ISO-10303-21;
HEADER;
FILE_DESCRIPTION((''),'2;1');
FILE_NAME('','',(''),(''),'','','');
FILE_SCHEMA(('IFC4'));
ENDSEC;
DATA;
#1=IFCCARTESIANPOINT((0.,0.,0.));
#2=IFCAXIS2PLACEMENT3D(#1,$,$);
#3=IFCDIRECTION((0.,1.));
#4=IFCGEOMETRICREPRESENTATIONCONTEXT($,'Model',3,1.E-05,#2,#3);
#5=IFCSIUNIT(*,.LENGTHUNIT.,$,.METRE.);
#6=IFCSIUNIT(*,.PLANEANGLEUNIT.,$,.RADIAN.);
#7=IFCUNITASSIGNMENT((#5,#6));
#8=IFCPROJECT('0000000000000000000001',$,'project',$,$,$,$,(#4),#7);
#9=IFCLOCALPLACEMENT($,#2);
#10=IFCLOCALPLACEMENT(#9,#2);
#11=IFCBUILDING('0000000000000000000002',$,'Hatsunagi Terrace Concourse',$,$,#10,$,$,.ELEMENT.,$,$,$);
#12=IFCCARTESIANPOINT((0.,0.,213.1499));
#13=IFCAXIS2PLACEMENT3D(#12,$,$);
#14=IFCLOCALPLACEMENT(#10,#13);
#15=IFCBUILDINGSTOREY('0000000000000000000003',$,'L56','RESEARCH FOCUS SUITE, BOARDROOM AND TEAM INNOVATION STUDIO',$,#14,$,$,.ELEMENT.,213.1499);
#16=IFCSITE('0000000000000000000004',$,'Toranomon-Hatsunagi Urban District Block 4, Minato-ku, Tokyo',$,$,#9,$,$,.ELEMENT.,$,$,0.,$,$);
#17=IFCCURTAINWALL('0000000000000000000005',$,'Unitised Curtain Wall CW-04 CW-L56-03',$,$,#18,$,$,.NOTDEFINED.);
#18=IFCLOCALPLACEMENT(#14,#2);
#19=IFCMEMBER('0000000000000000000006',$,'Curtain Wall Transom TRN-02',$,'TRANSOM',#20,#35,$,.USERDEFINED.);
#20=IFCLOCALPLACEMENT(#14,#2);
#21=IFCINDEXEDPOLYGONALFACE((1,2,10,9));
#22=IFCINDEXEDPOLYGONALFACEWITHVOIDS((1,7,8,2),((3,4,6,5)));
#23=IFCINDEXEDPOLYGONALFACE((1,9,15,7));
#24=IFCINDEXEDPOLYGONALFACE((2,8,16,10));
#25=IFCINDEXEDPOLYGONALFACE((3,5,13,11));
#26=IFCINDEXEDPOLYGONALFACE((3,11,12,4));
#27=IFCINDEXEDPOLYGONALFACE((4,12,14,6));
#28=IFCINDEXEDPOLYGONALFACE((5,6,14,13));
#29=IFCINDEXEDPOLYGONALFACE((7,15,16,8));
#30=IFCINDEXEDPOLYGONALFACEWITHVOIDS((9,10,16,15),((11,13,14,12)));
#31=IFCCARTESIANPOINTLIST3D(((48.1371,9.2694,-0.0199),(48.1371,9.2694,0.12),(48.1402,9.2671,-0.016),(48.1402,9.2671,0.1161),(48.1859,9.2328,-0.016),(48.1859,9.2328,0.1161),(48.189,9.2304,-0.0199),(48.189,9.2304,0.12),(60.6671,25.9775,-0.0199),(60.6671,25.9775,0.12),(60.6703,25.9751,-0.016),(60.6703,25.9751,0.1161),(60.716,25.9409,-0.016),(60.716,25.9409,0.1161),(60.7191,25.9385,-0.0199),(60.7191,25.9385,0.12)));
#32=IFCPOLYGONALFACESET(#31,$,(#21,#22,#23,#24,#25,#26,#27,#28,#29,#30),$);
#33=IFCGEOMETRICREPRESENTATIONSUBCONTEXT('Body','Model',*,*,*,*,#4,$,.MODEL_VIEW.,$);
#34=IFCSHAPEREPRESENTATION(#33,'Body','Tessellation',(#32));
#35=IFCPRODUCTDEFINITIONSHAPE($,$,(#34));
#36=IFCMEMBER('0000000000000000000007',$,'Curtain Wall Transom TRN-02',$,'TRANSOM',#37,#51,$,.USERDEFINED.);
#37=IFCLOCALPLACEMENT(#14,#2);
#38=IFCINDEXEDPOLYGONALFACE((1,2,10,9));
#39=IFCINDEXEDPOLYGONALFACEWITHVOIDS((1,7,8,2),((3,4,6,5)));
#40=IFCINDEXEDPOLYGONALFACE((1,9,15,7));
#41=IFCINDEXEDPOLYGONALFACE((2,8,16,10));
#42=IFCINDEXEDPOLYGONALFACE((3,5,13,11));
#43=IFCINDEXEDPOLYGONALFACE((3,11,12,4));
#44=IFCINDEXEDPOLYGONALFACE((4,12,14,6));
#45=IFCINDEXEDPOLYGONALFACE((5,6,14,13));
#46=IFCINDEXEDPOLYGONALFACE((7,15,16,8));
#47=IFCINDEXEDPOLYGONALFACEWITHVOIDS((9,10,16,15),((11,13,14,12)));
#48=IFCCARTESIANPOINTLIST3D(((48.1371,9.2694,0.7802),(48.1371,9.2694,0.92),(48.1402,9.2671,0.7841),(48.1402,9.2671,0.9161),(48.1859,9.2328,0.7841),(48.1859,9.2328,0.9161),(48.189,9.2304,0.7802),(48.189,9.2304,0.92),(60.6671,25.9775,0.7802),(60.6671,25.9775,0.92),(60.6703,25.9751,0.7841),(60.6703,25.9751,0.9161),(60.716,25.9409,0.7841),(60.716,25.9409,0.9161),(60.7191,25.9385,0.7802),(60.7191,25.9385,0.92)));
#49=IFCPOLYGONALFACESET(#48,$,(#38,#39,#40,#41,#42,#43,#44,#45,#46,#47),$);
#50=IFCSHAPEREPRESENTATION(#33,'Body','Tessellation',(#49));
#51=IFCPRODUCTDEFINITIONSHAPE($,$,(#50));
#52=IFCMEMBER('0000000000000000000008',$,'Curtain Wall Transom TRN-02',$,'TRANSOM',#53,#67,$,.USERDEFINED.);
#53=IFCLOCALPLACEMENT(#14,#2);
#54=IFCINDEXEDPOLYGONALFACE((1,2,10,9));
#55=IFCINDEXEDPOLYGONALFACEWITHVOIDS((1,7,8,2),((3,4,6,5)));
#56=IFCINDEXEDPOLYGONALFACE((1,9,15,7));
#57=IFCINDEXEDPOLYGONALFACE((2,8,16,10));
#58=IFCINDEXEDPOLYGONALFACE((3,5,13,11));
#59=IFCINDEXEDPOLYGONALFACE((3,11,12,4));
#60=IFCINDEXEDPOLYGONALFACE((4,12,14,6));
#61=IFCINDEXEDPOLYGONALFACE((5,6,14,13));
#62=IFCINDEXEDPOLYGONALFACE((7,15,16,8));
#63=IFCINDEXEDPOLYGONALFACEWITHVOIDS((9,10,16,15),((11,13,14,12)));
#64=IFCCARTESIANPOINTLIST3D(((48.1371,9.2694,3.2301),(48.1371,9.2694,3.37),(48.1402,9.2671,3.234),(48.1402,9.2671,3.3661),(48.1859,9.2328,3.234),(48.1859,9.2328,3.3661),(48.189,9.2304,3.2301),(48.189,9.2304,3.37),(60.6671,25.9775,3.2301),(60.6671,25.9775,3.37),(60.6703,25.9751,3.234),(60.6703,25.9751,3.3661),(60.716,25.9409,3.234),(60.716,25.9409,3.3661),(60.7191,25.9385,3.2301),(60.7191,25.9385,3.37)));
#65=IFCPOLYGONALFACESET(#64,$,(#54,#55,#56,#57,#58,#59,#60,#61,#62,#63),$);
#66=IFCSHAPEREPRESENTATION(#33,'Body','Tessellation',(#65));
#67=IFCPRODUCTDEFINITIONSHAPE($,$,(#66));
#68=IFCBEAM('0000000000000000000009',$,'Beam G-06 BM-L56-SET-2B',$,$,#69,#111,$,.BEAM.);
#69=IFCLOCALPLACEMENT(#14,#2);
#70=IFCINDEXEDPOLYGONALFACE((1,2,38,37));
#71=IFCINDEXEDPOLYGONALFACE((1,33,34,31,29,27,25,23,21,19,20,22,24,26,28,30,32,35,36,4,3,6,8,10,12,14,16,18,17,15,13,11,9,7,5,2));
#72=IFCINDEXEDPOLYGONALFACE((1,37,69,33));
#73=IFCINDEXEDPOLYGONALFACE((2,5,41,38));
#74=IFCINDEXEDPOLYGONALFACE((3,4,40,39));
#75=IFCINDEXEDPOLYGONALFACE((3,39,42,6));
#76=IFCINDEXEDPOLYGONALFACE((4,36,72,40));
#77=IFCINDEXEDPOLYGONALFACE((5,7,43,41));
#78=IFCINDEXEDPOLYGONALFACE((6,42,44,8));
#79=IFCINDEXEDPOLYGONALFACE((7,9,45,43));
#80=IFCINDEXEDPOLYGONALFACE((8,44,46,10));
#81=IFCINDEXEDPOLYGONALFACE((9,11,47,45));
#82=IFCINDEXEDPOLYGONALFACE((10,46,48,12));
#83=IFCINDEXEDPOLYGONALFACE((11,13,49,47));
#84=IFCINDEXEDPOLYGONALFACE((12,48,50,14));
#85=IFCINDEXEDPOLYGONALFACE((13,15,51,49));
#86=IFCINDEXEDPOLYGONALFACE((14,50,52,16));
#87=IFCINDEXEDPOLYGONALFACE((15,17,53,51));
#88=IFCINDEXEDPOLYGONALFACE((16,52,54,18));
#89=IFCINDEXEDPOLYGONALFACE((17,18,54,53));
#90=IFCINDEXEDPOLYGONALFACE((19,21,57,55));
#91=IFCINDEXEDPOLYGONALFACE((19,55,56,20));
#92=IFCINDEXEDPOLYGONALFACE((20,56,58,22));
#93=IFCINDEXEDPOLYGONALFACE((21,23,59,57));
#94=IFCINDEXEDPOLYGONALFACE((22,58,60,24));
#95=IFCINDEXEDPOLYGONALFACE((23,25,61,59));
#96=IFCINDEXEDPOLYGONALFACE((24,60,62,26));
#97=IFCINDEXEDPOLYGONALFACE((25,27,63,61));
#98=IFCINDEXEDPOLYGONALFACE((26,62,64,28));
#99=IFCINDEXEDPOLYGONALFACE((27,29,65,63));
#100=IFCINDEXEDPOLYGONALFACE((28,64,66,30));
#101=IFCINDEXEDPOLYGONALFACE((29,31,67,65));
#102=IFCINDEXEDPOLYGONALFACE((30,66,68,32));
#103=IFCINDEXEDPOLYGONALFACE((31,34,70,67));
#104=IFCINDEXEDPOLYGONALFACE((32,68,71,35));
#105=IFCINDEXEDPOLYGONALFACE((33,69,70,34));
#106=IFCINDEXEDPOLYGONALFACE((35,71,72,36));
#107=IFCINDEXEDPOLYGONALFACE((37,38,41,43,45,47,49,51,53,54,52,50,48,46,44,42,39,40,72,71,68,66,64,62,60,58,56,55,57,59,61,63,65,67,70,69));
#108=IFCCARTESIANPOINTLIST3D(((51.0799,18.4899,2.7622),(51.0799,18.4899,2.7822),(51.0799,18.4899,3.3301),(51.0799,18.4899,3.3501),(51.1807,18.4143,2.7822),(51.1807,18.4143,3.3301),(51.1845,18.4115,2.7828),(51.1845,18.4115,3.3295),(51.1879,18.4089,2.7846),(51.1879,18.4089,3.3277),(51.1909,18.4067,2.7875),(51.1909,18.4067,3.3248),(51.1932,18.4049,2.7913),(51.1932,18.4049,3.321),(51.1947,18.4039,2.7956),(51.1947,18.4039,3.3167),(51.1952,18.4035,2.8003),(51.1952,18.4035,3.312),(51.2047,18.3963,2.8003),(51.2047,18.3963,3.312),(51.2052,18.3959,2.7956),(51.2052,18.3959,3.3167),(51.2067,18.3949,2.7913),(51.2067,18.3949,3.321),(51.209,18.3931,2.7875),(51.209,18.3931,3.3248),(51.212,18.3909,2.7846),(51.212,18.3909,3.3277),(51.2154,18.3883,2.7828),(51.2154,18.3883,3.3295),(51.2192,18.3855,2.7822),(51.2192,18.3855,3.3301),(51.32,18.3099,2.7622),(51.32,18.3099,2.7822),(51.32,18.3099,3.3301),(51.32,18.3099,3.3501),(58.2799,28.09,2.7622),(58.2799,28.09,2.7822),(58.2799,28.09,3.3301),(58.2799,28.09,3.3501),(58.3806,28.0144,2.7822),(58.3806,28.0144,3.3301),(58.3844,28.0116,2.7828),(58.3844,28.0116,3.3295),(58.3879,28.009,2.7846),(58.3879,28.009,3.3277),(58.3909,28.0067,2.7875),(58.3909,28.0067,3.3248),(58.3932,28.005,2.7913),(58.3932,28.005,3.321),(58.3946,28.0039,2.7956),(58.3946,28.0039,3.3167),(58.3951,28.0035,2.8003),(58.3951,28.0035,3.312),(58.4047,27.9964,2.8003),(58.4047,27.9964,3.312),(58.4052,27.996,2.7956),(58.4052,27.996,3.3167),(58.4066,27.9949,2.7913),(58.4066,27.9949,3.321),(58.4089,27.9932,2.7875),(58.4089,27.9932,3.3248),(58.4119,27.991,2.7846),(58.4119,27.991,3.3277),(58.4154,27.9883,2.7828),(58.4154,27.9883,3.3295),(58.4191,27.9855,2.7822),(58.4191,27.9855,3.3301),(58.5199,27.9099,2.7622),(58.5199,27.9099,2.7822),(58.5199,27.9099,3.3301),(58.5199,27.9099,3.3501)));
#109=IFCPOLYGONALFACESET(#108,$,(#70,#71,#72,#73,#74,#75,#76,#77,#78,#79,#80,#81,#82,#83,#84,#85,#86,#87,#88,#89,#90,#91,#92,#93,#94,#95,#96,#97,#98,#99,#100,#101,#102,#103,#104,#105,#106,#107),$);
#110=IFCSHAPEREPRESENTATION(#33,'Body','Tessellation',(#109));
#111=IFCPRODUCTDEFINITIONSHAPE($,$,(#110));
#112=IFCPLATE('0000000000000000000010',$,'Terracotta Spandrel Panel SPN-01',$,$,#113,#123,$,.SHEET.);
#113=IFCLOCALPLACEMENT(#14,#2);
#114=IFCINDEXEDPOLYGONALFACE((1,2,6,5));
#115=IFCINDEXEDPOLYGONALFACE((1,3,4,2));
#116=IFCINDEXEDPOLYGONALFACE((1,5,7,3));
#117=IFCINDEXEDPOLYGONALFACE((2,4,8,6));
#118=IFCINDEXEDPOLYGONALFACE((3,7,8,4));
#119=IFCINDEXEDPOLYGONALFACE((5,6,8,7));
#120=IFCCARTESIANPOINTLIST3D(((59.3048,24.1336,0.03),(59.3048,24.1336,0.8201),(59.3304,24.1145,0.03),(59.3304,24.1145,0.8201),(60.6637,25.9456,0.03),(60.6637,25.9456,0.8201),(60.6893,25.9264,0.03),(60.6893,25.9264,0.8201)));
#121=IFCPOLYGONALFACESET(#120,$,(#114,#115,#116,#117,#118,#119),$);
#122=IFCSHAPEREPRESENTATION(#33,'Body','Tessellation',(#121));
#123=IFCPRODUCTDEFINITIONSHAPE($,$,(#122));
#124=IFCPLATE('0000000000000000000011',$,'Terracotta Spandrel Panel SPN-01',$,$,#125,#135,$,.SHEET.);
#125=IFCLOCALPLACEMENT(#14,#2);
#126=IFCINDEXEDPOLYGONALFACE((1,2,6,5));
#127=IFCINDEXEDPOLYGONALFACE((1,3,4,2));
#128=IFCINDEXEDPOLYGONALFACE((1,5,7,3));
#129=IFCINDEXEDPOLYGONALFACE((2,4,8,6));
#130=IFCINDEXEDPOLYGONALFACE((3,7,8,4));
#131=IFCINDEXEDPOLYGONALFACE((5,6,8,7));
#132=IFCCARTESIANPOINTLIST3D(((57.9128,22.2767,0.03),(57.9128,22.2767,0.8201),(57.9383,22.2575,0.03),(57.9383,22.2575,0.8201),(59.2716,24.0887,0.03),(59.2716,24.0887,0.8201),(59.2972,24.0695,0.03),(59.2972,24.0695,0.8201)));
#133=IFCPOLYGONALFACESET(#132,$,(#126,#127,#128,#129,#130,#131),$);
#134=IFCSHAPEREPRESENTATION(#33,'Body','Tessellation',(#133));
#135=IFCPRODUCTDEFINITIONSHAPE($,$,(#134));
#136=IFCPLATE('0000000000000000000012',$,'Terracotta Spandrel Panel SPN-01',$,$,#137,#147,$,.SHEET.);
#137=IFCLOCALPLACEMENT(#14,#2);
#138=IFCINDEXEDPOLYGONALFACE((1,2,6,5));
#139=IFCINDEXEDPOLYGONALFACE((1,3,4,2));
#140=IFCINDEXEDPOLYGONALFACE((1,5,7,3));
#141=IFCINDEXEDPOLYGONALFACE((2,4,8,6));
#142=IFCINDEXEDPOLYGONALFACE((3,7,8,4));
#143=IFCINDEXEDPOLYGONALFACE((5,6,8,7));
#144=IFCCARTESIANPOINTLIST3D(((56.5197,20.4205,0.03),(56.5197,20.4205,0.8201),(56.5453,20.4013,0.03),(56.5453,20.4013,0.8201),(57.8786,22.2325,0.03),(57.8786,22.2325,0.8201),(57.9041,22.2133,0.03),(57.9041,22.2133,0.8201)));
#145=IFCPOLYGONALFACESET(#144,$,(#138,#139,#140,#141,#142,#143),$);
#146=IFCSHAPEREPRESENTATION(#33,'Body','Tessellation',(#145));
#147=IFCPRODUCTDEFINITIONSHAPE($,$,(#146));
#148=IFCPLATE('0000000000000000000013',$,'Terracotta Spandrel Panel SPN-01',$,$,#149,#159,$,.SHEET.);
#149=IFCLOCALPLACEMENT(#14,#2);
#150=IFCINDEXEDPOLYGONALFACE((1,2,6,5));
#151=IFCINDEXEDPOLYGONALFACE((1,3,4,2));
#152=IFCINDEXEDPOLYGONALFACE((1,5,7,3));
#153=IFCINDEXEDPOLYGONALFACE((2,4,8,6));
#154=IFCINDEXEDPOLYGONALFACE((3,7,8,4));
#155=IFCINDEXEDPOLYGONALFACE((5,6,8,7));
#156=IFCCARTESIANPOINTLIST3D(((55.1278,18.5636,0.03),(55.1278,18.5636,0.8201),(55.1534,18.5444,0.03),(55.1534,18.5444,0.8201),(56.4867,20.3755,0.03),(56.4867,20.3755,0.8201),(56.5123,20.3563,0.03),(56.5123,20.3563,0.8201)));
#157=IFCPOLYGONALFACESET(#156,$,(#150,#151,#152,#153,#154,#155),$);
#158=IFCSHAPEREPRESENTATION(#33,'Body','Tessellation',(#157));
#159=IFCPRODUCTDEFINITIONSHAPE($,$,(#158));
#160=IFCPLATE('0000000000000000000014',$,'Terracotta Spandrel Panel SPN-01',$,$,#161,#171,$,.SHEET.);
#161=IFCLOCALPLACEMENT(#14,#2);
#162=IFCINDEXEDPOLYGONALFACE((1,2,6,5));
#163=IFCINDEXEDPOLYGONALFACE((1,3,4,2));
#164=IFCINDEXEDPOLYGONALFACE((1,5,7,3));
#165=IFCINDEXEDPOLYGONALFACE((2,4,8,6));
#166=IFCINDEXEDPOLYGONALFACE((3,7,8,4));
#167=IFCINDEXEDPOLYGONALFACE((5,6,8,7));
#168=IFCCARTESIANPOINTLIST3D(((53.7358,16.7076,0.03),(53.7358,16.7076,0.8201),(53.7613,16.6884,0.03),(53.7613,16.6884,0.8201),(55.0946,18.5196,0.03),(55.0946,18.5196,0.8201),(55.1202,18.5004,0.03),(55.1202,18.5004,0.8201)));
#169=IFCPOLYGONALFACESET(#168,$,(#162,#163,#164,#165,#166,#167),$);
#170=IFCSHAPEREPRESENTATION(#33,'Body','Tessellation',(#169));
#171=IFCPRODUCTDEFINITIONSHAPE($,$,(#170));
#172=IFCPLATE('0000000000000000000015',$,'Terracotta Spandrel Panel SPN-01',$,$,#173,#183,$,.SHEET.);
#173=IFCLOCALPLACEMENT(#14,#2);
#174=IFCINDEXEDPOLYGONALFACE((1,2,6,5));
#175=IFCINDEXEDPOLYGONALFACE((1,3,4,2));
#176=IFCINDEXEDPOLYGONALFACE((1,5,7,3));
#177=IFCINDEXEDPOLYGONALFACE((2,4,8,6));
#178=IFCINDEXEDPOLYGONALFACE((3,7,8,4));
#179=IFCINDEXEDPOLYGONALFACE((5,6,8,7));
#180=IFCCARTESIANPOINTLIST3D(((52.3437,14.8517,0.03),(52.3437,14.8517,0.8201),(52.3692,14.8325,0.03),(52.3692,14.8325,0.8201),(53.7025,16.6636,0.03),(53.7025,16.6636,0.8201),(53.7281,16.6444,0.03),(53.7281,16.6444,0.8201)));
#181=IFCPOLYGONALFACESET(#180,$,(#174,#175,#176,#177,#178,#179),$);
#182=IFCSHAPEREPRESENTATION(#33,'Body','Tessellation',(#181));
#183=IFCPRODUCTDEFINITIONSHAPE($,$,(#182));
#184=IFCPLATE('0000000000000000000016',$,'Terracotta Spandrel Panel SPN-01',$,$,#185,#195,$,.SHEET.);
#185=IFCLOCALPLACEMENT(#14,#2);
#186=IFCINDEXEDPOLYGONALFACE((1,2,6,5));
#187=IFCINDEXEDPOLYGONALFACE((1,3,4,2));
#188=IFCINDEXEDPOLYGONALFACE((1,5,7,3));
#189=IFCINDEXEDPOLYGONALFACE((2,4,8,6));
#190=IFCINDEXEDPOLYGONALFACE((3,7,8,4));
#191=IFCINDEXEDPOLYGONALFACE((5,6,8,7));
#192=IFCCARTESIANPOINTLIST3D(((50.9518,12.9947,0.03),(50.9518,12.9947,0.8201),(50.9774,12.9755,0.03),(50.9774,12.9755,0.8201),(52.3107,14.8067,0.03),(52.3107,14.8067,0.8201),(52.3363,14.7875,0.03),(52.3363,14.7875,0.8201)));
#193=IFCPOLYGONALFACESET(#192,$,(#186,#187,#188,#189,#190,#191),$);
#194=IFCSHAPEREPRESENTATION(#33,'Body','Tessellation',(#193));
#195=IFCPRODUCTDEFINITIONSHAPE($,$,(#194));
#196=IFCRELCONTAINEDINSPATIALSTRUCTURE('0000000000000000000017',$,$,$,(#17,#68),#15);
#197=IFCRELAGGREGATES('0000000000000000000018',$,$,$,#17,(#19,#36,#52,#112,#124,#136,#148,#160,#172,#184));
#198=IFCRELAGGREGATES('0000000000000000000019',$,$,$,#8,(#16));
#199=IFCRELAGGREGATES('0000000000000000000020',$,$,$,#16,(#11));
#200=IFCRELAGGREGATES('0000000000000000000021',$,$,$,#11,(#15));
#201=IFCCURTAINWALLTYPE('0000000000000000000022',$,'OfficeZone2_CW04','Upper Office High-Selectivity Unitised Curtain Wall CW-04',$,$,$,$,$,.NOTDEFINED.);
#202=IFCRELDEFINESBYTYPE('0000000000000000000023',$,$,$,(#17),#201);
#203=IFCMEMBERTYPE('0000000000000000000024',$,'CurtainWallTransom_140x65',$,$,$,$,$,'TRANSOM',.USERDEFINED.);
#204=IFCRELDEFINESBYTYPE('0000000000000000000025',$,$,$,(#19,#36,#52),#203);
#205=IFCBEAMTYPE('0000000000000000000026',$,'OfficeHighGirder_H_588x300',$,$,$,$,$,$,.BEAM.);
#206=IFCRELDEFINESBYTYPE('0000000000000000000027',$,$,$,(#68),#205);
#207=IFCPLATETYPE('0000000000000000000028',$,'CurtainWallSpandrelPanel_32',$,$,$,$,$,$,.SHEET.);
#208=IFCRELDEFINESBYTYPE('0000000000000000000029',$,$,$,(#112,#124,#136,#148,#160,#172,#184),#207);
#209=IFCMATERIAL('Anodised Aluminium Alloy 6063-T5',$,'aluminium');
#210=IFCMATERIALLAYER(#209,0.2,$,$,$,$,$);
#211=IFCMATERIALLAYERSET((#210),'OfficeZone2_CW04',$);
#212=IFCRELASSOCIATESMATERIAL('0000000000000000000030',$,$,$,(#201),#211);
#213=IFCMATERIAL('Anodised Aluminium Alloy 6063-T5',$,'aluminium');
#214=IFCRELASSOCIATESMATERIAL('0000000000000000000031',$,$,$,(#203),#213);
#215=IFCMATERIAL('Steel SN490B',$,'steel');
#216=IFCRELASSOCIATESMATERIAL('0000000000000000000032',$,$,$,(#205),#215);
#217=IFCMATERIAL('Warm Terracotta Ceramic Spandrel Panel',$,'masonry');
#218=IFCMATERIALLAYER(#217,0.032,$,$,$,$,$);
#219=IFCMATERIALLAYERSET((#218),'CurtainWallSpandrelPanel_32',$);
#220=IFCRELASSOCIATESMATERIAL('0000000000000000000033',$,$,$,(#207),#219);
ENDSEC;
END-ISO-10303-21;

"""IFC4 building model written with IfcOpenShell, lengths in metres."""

from ifc_helpers import new_model, si_unit, direction, frame, origin, origin_2d, place, context, subcontext, project, spatial, rectangle, hollow_rectangle, i_section, extrude, material, layer, layer_set, material_profile, profile_set, type_object, element, aggregate, save


model = new_model("IFC4")

# Units and contexts
model_context = context("Model", 3, precision=1e-05, world=origin(), true_north=direction((0.0, 1.0)))
body_context = subcontext(model_context, "Body", "Model", "MODEL_VIEW")
ifc_project = project(units=[si_unit("LENGTHUNIT", "METRE"), si_unit("PLANEANGLEUNIT", "RADIAN")], contexts=[model_context])

# Site, building, storey
site_placement = place(None, origin())
site = spatial("IfcSite", under=ifc_project, at=site_placement, Name="Toranomon-Hatsunagi Urban District Block 4, Minato-ku, Tokyo", CompositionType="ELEMENT", RefElevation=0.0)
building_placement = place(site_placement, origin())
building = spatial("IfcBuilding", under=site, at=building_placement, Name="Hatsunagi Terrace Concourse", CompositionType="ELEMENT")
storey_placement = place(building_placement, frame((0.0, 0.0, 213.1499)))
storey = spatial("IfcBuildingStorey", under=building, at=storey_placement, Name="L56", Description="RESEARCH FOCUS SUITE, BOARDROOM AND TEAM INNOVATION STUDIO", CompositionType="ELEMENT", Elevation=213.1499)

# Curtain wall, members
ifc_material_1 = material(Name="Anodised Aluminium Alloy 6063-T5", Category="aluminium")
ifc_layer_1 = layer(ifc_material_1, 0.2)
ifc_layer_set_1 = layer_set([ifc_layer_1], Name="OfficeZone2_CW04")
curtain_wall_type = type_object("IfcCurtainWallType", Name="OfficeZone2_CW04", Description="Upper Office High-Selectivity Unitised Curtain Wall CW-04", PredefinedType="NOTDEFINED", material=ifc_layer_set_1)
curtain_wall_placement = place(storey_placement, origin())
curtain_wall = element("IfcCurtainWall", 1, at=curtain_wall_placement, inside=storey, type_object=curtain_wall_type, Name="Unitised Curtain Wall CW-04 CW-L56-03", PredefinedType="NOTDEFINED")
ifc_material_2 = material(Name="Anodised Aluminium Alloy 6063-T5", Category="aluminium")
ifc_material_profile_1 = material_profile(ifc_material_2, hollow_rectangle(XDim=0.0649, YDim=0.1399, WallThickness=0.0039, at=origin_2d()), Name="ALU-TRN-140x65x4")
ifc_profile_set_1 = profile_set([ifc_material_profile_1], Name="Anodised Aluminium Alloy 6063-T5")
member_type_1 = type_object("IfcMemberType", Name="CurtainWallTransom_140x65", ElementType="TRANSOM", PredefinedType="USERDEFINED", material=ifc_profile_set_1)
member_1_placement = place(storey_placement, frame((60.6931, 25.958, 0.05), z_axis=(-0.59997, -0.800022, 0.0), x_axis=(0.800022, -0.59997, 0.0)))
member_1 = element("IfcMember", 2, at=member_1_placement, type_object=member_type_1, Name="Curtain Wall Transom TRN-02", ObjectType="TRANSOM", PredefinedType="USERDEFINED", context=body_context, shape_type="SweptSolid", body=[
    extrude(hollow_rectangle(XDim=0.0649, YDim=0.1399, WallThickness=0.0039, at=origin_2d()), origin(), (0.0, 0.0, 1.0), 20.8845),
])
member_2_placement = place(storey_placement, frame((60.6931, 25.958, 0.8501), z_axis=(-0.59997, -0.800022, 0.0), x_axis=(0.800022, -0.59997, 0.0)))
member_2 = element("IfcMember", 3, at=member_2_placement, type_object=member_type_1, Name="Curtain Wall Transom TRN-02", ObjectType="TRANSOM", PredefinedType="USERDEFINED", context=body_context, shape_type="SweptSolid", body=[
    extrude(hollow_rectangle(XDim=0.0649, YDim=0.1399, WallThickness=0.0039, at=origin_2d()), origin(), (0.0, 0.0, 1.0), 20.8845),
])
member_3_placement = place(storey_placement, frame((60.6931, 25.958, 3.3), z_axis=(-0.59997, -0.800022, 0.0), x_axis=(0.800022, -0.59997, 0.0)))
member_3 = element("IfcMember", 4, at=member_3_placement, type_object=member_type_1, Name="Curtain Wall Transom TRN-02", ObjectType="TRANSOM", PredefinedType="USERDEFINED", context=body_context, shape_type="SweptSolid", body=[
    extrude(hollow_rectangle(XDim=0.0649, YDim=0.1399, WallThickness=0.0039, at=origin_2d()), origin(), (0.0, 0.0, 1.0), 20.8845),
])

# Beam
ifc_material_3 = material(Name="Steel SN490B", Category="steel")
ifc_material_profile_2 = material_profile(ifc_material_3, i_section(OverallWidth=0.3, OverallDepth=0.5879, WebThickness=0.012, FlangeThickness=0.02, FilletRadius=0.0181, at=origin_2d()), Name="H-588x300x12x20")
ifc_profile_set_2 = profile_set([ifc_material_profile_2], Name="Steel SN490B")
beam_type = type_object("IfcBeamType", Name="OfficeHighGirder_H_588x300", PredefinedType="BEAM", material=ifc_profile_set_2)
beam_placement = place(storey_placement, frame((51.2, 18.3999, 3.0562), z_axis=(0.599993, 0.800005, 0.0), x_axis=(-0.800005, 0.599993, 0.0)))
element("IfcBeam", 5, at=beam_placement, inside=storey, type_object=beam_type, Name="Beam G-06 BM-L56-SET-2B", PredefinedType="BEAM", context=body_context, shape_type="SweptSolid", body=[
    extrude(i_section(OverallWidth=0.3, OverallDepth=0.5879, WebThickness=0.012, FlangeThickness=0.02, FilletRadius=0.0181, at=origin_2d()), origin(), (0.0, 0.0, 1.0), 12.0),
])

# Plates
ifc_material_4 = material(Name="Warm Terracotta Ceramic Spandrel Panel", Category="masonry")
ifc_layer_2 = layer(ifc_material_4, 0.032)
ifc_layer_set_2 = layer_set([ifc_layer_2], Name="CurtainWallSpandrelPanel_32")
plate_type_1 = type_object("IfcPlateType", Name="CurtainWallSpandrelPanel_32", PredefinedType="SHEET", material=ifc_layer_set_2)
plate_1_placement = place(storey_placement, frame((59.9971, 25.03, 0.03), z_axis=(0.0, 0.0, 1.0), x_axis=(-0.599969, -0.800023, 0.0)))
plate_1 = element("IfcPlate", 6, at=plate_1_placement, type_object=plate_type_1, Name="Terracotta Spandrel Panel SPN-01", PredefinedType="SHEET", context=body_context, shape_type="SweptSolid", body=[
    extrude(rectangle(XDim=2.2649, YDim=0.032, at=origin_2d()), origin(), (0.0, 0.0, 1.0), 0.79),
])
plate_2_placement = place(storey_placement, frame((58.605, 23.1731, 0.03), z_axis=(0.0, 0.0, 1.0), x_axis=(-0.599969, -0.800023, 0.0)))
plate_2 = element("IfcPlate", 7, at=plate_2_placement, type_object=plate_type_1, Name="Terracotta Spandrel Panel SPN-01", PredefinedType="SHEET", context=body_context, shape_type="SweptSolid", body=[
    extrude(rectangle(XDim=2.2649, YDim=0.032, at=origin_2d()), origin(), (0.0, 0.0, 1.0), 0.79),
])
plate_3_placement = place(storey_placement, frame((57.2119, 21.3169, 0.03), z_axis=(0.0, 0.0, 1.0), x_axis=(-0.599969, -0.800023, 0.0)))
plate_3 = element("IfcPlate", 8, at=plate_3_placement, type_object=plate_type_1, Name="Terracotta Spandrel Panel SPN-01", PredefinedType="SHEET", context=body_context, shape_type="SweptSolid", body=[
    extrude(rectangle(XDim=2.2649, YDim=0.032, at=origin_2d()), origin(), (0.0, 0.0, 1.0), 0.79),
])
plate_4_placement = place(storey_placement, frame((55.8201, 19.46, 0.03), z_axis=(0.0, 0.0, 1.0), x_axis=(-0.599969, -0.800023, 0.0)))
plate_4 = element("IfcPlate", 9, at=plate_4_placement, type_object=plate_type_1, Name="Terracotta Spandrel Panel SPN-01", PredefinedType="SHEET", context=body_context, shape_type="SweptSolid", body=[
    extrude(rectangle(XDim=2.2649, YDim=0.032, at=origin_2d()), origin(), (0.0, 0.0, 1.0), 0.79),
])
plate_5_placement = place(storey_placement, frame((54.428, 17.604, 0.03), z_axis=(0.0, 0.0, 1.0), x_axis=(-0.599969, -0.800023, 0.0)))
plate_5 = element("IfcPlate", 10, at=plate_5_placement, type_object=plate_type_1, Name="Terracotta Spandrel Panel SPN-01", PredefinedType="SHEET", context=body_context, shape_type="SweptSolid", body=[
    extrude(rectangle(XDim=2.2649, YDim=0.032, at=origin_2d()), origin(), (0.0, 0.0, 1.0), 0.79),
])
plate_6_placement = place(storey_placement, frame((53.0359, 15.748, 0.03), z_axis=(0.0, 0.0, 1.0), x_axis=(-0.599969, -0.800023, 0.0)))
plate_6 = element("IfcPlate", 11, at=plate_6_placement, type_object=plate_type_1, Name="Terracotta Spandrel Panel SPN-01", PredefinedType="SHEET", context=body_context, shape_type="SweptSolid", body=[
    extrude(rectangle(XDim=2.2649, YDim=0.032, at=origin_2d()), origin(), (0.0, 0.0, 1.0), 0.79),
])
plate_7_placement = place(storey_placement, frame((51.644, 13.8911, 0.03), z_axis=(0.0, 0.0, 1.0), x_axis=(-0.599969, -0.800023, 0.0)))
plate_7 = element("IfcPlate", 12, at=plate_7_placement, type_object=plate_type_1, Name="Terracotta Spandrel Panel SPN-01", PredefinedType="SHEET", context=body_context, shape_type="SweptSolid", body=[
    extrude(rectangle(XDim=2.2649, YDim=0.032, at=origin_2d()), origin(), (0.0, 0.0, 1.0), 0.79),
])
aggregate(curtain_wall, [member_1, member_2, member_3, plate_1, plate_2, plate_3, plate_4, plate_5, plate_6, plate_7])

save(model, "model.ifc")
